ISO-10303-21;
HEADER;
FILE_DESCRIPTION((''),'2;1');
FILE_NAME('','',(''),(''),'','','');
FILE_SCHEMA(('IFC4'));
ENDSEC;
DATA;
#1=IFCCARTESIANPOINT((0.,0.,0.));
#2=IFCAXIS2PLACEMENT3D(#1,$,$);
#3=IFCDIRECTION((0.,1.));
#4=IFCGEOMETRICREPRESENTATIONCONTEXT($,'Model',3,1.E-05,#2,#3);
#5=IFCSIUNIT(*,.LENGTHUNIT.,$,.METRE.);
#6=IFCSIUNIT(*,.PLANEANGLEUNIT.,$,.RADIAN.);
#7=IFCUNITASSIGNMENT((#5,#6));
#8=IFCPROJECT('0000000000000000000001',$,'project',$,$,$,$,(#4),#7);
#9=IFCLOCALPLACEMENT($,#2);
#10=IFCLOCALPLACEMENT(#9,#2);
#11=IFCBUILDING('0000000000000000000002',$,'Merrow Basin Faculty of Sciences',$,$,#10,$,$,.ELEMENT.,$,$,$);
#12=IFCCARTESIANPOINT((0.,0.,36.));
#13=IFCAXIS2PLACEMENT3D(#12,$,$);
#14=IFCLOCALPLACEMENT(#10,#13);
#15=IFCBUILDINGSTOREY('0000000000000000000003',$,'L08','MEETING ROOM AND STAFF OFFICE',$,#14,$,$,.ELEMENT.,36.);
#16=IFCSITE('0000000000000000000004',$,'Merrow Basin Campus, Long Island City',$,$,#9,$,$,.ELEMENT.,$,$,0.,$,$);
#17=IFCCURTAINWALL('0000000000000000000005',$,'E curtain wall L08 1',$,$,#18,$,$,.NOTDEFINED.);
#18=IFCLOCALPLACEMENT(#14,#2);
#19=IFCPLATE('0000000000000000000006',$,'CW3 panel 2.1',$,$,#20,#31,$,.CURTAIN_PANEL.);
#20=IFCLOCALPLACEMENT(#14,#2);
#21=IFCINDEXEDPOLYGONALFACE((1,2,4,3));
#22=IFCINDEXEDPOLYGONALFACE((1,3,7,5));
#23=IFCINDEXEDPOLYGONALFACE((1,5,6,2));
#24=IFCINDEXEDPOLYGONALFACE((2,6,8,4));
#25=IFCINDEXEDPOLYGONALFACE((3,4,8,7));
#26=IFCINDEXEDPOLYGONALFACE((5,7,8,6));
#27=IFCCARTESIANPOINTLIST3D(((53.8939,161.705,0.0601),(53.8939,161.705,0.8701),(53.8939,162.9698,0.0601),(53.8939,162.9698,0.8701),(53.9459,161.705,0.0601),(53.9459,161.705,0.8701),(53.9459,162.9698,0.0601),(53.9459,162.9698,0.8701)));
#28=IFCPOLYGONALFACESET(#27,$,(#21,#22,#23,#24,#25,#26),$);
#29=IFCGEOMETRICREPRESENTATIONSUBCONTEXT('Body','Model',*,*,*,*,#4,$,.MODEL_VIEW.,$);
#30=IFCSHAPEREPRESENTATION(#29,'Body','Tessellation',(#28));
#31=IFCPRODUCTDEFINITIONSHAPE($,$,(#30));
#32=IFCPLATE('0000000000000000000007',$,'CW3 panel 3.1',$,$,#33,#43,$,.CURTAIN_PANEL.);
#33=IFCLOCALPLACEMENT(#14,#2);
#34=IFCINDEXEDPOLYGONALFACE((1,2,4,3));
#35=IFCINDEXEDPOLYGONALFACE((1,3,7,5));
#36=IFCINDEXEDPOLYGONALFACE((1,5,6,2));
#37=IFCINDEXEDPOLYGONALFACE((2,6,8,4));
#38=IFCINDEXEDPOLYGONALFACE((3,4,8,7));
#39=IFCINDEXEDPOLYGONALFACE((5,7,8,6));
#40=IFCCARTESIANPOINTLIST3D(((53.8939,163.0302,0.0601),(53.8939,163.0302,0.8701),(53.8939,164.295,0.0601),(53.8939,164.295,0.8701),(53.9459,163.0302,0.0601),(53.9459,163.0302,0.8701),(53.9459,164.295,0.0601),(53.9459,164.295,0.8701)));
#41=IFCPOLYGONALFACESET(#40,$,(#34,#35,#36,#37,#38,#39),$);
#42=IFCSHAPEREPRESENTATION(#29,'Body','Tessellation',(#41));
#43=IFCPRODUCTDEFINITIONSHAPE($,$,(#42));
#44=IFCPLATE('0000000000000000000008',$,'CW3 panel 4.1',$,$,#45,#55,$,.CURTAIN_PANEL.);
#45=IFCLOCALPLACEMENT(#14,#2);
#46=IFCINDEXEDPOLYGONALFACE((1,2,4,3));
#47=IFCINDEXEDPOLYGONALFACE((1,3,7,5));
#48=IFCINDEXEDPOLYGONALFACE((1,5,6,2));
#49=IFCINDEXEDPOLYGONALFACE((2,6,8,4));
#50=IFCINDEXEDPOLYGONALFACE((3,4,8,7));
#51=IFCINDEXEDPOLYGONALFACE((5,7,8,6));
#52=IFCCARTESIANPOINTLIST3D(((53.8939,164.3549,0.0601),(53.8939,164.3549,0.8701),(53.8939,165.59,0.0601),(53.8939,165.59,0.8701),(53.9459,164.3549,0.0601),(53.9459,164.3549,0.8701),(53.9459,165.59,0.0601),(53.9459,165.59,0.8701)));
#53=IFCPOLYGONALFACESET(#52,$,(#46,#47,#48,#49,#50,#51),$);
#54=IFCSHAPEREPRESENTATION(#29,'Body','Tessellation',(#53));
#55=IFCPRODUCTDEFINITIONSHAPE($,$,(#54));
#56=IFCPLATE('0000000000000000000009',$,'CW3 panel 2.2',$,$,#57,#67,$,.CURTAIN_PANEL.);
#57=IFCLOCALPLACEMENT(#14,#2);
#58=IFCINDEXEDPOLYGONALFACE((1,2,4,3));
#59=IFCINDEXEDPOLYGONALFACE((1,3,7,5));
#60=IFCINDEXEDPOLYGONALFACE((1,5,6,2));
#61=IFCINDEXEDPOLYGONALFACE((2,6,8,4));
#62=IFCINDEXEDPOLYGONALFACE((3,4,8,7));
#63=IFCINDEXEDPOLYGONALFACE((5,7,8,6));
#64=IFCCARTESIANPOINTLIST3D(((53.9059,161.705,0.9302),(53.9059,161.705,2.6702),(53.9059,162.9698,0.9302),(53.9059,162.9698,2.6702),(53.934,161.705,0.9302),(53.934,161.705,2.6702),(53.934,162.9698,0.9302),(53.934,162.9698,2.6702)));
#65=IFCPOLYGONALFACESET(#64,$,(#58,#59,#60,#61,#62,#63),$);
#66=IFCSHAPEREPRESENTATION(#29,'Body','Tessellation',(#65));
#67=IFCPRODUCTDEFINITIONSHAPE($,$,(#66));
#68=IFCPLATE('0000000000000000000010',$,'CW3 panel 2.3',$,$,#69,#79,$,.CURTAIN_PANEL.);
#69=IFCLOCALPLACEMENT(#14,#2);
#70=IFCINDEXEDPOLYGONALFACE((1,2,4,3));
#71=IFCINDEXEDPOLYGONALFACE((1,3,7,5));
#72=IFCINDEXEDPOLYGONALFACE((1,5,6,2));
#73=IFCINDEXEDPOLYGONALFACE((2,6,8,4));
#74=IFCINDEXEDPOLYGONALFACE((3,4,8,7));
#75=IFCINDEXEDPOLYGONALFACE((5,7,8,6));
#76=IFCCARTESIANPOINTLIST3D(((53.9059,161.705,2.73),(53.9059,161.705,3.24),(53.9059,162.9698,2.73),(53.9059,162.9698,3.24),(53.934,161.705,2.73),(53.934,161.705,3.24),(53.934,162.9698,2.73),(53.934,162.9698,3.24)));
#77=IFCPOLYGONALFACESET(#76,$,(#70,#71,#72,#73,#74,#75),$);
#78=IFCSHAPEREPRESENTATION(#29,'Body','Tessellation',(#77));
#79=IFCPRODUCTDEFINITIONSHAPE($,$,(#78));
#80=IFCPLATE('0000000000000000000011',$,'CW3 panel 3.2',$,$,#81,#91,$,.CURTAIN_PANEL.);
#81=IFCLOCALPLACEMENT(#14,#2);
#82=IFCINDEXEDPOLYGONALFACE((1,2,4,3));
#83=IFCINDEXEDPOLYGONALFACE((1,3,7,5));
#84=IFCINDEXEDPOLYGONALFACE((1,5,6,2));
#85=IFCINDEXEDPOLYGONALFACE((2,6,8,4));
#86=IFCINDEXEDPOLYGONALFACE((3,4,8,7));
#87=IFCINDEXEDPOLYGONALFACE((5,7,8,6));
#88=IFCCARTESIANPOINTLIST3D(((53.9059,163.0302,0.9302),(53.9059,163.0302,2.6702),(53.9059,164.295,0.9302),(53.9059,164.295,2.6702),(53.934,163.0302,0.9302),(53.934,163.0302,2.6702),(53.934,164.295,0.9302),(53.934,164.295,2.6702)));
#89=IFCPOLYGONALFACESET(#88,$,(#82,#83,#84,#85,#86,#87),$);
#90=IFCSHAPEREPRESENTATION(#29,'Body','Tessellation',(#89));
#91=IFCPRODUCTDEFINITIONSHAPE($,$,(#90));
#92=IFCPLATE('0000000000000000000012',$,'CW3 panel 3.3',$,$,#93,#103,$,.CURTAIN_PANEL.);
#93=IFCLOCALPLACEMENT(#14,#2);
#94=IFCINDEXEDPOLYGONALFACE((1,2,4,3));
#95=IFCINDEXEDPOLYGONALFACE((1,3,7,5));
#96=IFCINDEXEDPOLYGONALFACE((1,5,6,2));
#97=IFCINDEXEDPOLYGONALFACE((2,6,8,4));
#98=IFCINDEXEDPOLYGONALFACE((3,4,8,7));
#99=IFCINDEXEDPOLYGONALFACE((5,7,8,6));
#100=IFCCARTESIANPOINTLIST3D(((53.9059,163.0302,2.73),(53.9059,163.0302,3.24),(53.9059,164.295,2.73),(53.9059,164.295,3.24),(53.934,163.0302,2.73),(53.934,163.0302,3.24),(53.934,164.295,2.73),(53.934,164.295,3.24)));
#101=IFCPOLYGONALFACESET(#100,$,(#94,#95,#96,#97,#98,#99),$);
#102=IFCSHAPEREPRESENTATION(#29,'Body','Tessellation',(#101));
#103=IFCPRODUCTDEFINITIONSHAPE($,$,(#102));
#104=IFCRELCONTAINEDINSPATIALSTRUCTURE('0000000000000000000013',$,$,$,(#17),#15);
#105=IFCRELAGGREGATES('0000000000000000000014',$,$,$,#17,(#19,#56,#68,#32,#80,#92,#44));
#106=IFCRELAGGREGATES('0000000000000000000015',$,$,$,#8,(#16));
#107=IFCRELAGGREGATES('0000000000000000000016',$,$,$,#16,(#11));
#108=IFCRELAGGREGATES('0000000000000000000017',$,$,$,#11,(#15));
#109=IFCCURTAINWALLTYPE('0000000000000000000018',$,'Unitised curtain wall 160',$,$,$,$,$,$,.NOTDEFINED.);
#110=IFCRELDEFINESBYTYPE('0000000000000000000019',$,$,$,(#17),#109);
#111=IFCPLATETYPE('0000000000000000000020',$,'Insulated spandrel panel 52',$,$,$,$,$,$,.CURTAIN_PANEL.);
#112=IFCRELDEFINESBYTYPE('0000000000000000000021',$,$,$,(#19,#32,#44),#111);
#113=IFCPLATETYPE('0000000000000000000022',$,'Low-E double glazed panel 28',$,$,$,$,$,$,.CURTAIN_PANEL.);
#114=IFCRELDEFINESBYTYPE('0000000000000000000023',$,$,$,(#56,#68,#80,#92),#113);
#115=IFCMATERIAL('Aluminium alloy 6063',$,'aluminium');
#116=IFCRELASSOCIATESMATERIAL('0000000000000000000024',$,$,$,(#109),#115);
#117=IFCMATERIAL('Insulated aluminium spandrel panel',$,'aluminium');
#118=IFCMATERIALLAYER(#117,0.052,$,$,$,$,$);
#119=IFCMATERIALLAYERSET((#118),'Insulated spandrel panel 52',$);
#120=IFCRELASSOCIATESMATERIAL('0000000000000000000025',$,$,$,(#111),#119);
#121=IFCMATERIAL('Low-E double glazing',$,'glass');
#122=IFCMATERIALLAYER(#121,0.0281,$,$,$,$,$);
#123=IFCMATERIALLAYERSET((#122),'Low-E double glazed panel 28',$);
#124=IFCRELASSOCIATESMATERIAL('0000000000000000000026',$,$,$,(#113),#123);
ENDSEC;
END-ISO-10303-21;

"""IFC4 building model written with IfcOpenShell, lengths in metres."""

from ifc_helpers import new_model, si_unit, direction, frame, origin, origin_2d, place, context, subcontext, project, spatial, rectangle, extrude, material, layer, layer_set, type_object, element, aggregate, save


model = new_model("IFC4")

# Units and contexts
model_context = context("Model", 3, precision=1e-05, world=origin(), true_north=direction((0.0, 1.0)))
body_context = subcontext(model_context, "Body", "Model", "MODEL_VIEW")
ifc_project = project(units=[si_unit("LENGTHUNIT", "METRE"), si_unit("PLANEANGLEUNIT", "RADIAN")], contexts=[model_context])

# Site, building, storey
site_placement = place(None, origin())
site = spatial("IfcSite", under=ifc_project, at=site_placement, Name="Merrow Basin Campus, Long Island City", CompositionType="ELEMENT", RefElevation=0.0)
building_placement = place(site_placement, origin())
building = spatial("IfcBuilding", under=site, at=building_placement, Name="Merrow Basin Faculty of Sciences", CompositionType="ELEMENT")
storey_placement = place(building_placement, frame((0.0, 0.0, 36.0)))
storey = spatial("IfcBuildingStorey", under=building, at=storey_placement, Name="L08", Description="MEETING ROOM AND STAFF OFFICE", CompositionType="ELEMENT", Elevation=36.0)

# Curtain wall, plates
ifc_material_1 = material(Name="Aluminium alloy 6063", Category="aluminium")
curtain_wall_type = type_object("IfcCurtainWallType", Name="Unitised curtain wall 160", PredefinedType="NOTDEFINED", material=ifc_material_1)
curtain_wall_placement = place(storey_placement, origin())
curtain_wall = element("IfcCurtainWall", 1, at=curtain_wall_placement, inside=storey, type_object=curtain_wall_type, Name="E curtain wall L08 1", PredefinedType="NOTDEFINED")
ifc_material_2 = material(Name="Insulated aluminium spandrel panel", Category="aluminium")
ifc_layer_1 = layer(ifc_material_2, 0.052)
ifc_layer_set_1 = layer_set([ifc_layer_1], Name="Insulated spandrel panel 52")
plate_type_1 = type_object("IfcPlateType", Name="Insulated spandrel panel 52", PredefinedType="CURTAIN_PANEL", material=ifc_layer_set_1)
plate_1_placement = place(storey_placement, frame((53.9199, 162.3374, 0.0601), z_axis=(0.0, 0.0, 1.0), x_axis=(0.0, 1.0, 0.0)))
plate_1 = element("IfcPlate", 2, at=plate_1_placement, type_object=plate_type_1, Name="CW3 panel 2.1", PredefinedType="CURTAIN_PANEL", context=body_context, shape_type="SweptSolid", body=[
    extrude(rectangle(XDim=1.2649, YDim=0.052, at=origin_2d()), origin(), (0.0, 0.0, 1.0), 0.8101),
])
plate_2_placement = place(storey_placement, frame((53.9199, 163.6626, 0.0601), z_axis=(0.0, 0.0, 1.0), x_axis=(0.0, 1.0, 0.0)))
plate_2 = element("IfcPlate", 3, at=plate_2_placement, type_object=plate_type_1, Name="CW3 panel 3.1", PredefinedType="CURTAIN_PANEL", context=body_context, shape_type="SweptSolid", body=[
    extrude(rectangle(XDim=1.2649, YDim=0.052, at=origin_2d()), origin(), (0.0, 0.0, 1.0), 0.8101),
])
plate_3_placement = place(storey_placement, frame((53.9199, 164.9724, 0.0601), z_axis=(0.0, 0.0, 1.0), x_axis=(0.0, 1.0, 0.0)))
plate_3 = element("IfcPlate", 4, at=plate_3_placement, type_object=plate_type_1, Name="CW3 panel 4.1", PredefinedType="CURTAIN_PANEL", context=body_context, shape_type="SweptSolid", body=[
    extrude(rectangle(XDim=1.2351, YDim=0.052, at=origin_2d()), origin(), (0.0, 0.0, 1.0), 0.8101),
])
ifc_material_3 = material(Name="Low-E double glazing", Category="glass")
ifc_layer_2 = layer(ifc_material_3, 0.0281)
ifc_layer_set_2 = layer_set([ifc_layer_2], Name="Low-E double glazed panel 28")
plate_type_2 = type_object("IfcPlateType", Name="Low-E double glazed panel 28", PredefinedType="CURTAIN_PANEL", material=ifc_layer_set_2)
plate_4_placement = place(storey_placement, frame((53.9199, 162.3374, 0.9302), z_axis=(0.0, 0.0, 1.0), x_axis=(0.0, 1.0, 0.0)))
plate_4 = element("IfcPlate", 5, at=plate_4_placement, type_object=plate_type_2, Name="CW3 panel 2.2", PredefinedType="CURTAIN_PANEL", context=body_context, shape_type="SweptSolid", body=[
    extrude(rectangle(XDim=1.2649, YDim=0.0281, at=origin_2d()), origin(), (0.0, 0.0, 1.0), 1.74),
])
plate_5_placement = place(storey_placement, frame((53.9199, 162.3374, 2.73), z_axis=(0.0, 0.0, 1.0), x_axis=(0.0, 1.0, 0.0)))
plate_5 = element("IfcPlate", 6, at=plate_5_placement, type_object=plate_type_2, Name="CW3 panel 2.3", PredefinedType="CURTAIN_PANEL", context=body_context, shape_type="SweptSolid", body=[
    extrude(rectangle(XDim=1.2649, YDim=0.0281, at=origin_2d()), origin(), (0.0, 0.0, 1.0), 0.51),
])
plate_6_placement = place(storey_placement, frame((53.9199, 163.6626, 0.9302), z_axis=(0.0, 0.0, 1.0), x_axis=(0.0, 1.0, 0.0)))
plate_6 = element("IfcPlate", 7, at=plate_6_placement, type_object=plate_type_2, Name="CW3 panel 3.2", PredefinedType="CURTAIN_PANEL", context=body_context, shape_type="SweptSolid", body=[
    extrude(rectangle(XDim=1.2649, YDim=0.0281, at=origin_2d()), origin(), (0.0, 0.0, 1.0), 1.74),
])
plate_7_placement = place(storey_placement, frame((53.9199, 163.6626, 2.73), z_axis=(0.0, 0.0, 1.0), x_axis=(0.0, 1.0, 0.0)))
plate_7 = element("IfcPlate", 8, at=plate_7_placement, type_object=plate_type_2, Name="CW3 panel 3.3", PredefinedType="CURTAIN_PANEL", context=body_context, shape_type="SweptSolid", body=[
    extrude(rectangle(XDim=1.2649, YDim=0.0281, at=origin_2d()), origin(), (0.0, 0.0, 1.0), 0.51),
])
aggregate(curtain_wall, [plate_1, plate_4, plate_5, plate_2, plate_6, plate_7, plate_3])

save(model, "model.ifc")
